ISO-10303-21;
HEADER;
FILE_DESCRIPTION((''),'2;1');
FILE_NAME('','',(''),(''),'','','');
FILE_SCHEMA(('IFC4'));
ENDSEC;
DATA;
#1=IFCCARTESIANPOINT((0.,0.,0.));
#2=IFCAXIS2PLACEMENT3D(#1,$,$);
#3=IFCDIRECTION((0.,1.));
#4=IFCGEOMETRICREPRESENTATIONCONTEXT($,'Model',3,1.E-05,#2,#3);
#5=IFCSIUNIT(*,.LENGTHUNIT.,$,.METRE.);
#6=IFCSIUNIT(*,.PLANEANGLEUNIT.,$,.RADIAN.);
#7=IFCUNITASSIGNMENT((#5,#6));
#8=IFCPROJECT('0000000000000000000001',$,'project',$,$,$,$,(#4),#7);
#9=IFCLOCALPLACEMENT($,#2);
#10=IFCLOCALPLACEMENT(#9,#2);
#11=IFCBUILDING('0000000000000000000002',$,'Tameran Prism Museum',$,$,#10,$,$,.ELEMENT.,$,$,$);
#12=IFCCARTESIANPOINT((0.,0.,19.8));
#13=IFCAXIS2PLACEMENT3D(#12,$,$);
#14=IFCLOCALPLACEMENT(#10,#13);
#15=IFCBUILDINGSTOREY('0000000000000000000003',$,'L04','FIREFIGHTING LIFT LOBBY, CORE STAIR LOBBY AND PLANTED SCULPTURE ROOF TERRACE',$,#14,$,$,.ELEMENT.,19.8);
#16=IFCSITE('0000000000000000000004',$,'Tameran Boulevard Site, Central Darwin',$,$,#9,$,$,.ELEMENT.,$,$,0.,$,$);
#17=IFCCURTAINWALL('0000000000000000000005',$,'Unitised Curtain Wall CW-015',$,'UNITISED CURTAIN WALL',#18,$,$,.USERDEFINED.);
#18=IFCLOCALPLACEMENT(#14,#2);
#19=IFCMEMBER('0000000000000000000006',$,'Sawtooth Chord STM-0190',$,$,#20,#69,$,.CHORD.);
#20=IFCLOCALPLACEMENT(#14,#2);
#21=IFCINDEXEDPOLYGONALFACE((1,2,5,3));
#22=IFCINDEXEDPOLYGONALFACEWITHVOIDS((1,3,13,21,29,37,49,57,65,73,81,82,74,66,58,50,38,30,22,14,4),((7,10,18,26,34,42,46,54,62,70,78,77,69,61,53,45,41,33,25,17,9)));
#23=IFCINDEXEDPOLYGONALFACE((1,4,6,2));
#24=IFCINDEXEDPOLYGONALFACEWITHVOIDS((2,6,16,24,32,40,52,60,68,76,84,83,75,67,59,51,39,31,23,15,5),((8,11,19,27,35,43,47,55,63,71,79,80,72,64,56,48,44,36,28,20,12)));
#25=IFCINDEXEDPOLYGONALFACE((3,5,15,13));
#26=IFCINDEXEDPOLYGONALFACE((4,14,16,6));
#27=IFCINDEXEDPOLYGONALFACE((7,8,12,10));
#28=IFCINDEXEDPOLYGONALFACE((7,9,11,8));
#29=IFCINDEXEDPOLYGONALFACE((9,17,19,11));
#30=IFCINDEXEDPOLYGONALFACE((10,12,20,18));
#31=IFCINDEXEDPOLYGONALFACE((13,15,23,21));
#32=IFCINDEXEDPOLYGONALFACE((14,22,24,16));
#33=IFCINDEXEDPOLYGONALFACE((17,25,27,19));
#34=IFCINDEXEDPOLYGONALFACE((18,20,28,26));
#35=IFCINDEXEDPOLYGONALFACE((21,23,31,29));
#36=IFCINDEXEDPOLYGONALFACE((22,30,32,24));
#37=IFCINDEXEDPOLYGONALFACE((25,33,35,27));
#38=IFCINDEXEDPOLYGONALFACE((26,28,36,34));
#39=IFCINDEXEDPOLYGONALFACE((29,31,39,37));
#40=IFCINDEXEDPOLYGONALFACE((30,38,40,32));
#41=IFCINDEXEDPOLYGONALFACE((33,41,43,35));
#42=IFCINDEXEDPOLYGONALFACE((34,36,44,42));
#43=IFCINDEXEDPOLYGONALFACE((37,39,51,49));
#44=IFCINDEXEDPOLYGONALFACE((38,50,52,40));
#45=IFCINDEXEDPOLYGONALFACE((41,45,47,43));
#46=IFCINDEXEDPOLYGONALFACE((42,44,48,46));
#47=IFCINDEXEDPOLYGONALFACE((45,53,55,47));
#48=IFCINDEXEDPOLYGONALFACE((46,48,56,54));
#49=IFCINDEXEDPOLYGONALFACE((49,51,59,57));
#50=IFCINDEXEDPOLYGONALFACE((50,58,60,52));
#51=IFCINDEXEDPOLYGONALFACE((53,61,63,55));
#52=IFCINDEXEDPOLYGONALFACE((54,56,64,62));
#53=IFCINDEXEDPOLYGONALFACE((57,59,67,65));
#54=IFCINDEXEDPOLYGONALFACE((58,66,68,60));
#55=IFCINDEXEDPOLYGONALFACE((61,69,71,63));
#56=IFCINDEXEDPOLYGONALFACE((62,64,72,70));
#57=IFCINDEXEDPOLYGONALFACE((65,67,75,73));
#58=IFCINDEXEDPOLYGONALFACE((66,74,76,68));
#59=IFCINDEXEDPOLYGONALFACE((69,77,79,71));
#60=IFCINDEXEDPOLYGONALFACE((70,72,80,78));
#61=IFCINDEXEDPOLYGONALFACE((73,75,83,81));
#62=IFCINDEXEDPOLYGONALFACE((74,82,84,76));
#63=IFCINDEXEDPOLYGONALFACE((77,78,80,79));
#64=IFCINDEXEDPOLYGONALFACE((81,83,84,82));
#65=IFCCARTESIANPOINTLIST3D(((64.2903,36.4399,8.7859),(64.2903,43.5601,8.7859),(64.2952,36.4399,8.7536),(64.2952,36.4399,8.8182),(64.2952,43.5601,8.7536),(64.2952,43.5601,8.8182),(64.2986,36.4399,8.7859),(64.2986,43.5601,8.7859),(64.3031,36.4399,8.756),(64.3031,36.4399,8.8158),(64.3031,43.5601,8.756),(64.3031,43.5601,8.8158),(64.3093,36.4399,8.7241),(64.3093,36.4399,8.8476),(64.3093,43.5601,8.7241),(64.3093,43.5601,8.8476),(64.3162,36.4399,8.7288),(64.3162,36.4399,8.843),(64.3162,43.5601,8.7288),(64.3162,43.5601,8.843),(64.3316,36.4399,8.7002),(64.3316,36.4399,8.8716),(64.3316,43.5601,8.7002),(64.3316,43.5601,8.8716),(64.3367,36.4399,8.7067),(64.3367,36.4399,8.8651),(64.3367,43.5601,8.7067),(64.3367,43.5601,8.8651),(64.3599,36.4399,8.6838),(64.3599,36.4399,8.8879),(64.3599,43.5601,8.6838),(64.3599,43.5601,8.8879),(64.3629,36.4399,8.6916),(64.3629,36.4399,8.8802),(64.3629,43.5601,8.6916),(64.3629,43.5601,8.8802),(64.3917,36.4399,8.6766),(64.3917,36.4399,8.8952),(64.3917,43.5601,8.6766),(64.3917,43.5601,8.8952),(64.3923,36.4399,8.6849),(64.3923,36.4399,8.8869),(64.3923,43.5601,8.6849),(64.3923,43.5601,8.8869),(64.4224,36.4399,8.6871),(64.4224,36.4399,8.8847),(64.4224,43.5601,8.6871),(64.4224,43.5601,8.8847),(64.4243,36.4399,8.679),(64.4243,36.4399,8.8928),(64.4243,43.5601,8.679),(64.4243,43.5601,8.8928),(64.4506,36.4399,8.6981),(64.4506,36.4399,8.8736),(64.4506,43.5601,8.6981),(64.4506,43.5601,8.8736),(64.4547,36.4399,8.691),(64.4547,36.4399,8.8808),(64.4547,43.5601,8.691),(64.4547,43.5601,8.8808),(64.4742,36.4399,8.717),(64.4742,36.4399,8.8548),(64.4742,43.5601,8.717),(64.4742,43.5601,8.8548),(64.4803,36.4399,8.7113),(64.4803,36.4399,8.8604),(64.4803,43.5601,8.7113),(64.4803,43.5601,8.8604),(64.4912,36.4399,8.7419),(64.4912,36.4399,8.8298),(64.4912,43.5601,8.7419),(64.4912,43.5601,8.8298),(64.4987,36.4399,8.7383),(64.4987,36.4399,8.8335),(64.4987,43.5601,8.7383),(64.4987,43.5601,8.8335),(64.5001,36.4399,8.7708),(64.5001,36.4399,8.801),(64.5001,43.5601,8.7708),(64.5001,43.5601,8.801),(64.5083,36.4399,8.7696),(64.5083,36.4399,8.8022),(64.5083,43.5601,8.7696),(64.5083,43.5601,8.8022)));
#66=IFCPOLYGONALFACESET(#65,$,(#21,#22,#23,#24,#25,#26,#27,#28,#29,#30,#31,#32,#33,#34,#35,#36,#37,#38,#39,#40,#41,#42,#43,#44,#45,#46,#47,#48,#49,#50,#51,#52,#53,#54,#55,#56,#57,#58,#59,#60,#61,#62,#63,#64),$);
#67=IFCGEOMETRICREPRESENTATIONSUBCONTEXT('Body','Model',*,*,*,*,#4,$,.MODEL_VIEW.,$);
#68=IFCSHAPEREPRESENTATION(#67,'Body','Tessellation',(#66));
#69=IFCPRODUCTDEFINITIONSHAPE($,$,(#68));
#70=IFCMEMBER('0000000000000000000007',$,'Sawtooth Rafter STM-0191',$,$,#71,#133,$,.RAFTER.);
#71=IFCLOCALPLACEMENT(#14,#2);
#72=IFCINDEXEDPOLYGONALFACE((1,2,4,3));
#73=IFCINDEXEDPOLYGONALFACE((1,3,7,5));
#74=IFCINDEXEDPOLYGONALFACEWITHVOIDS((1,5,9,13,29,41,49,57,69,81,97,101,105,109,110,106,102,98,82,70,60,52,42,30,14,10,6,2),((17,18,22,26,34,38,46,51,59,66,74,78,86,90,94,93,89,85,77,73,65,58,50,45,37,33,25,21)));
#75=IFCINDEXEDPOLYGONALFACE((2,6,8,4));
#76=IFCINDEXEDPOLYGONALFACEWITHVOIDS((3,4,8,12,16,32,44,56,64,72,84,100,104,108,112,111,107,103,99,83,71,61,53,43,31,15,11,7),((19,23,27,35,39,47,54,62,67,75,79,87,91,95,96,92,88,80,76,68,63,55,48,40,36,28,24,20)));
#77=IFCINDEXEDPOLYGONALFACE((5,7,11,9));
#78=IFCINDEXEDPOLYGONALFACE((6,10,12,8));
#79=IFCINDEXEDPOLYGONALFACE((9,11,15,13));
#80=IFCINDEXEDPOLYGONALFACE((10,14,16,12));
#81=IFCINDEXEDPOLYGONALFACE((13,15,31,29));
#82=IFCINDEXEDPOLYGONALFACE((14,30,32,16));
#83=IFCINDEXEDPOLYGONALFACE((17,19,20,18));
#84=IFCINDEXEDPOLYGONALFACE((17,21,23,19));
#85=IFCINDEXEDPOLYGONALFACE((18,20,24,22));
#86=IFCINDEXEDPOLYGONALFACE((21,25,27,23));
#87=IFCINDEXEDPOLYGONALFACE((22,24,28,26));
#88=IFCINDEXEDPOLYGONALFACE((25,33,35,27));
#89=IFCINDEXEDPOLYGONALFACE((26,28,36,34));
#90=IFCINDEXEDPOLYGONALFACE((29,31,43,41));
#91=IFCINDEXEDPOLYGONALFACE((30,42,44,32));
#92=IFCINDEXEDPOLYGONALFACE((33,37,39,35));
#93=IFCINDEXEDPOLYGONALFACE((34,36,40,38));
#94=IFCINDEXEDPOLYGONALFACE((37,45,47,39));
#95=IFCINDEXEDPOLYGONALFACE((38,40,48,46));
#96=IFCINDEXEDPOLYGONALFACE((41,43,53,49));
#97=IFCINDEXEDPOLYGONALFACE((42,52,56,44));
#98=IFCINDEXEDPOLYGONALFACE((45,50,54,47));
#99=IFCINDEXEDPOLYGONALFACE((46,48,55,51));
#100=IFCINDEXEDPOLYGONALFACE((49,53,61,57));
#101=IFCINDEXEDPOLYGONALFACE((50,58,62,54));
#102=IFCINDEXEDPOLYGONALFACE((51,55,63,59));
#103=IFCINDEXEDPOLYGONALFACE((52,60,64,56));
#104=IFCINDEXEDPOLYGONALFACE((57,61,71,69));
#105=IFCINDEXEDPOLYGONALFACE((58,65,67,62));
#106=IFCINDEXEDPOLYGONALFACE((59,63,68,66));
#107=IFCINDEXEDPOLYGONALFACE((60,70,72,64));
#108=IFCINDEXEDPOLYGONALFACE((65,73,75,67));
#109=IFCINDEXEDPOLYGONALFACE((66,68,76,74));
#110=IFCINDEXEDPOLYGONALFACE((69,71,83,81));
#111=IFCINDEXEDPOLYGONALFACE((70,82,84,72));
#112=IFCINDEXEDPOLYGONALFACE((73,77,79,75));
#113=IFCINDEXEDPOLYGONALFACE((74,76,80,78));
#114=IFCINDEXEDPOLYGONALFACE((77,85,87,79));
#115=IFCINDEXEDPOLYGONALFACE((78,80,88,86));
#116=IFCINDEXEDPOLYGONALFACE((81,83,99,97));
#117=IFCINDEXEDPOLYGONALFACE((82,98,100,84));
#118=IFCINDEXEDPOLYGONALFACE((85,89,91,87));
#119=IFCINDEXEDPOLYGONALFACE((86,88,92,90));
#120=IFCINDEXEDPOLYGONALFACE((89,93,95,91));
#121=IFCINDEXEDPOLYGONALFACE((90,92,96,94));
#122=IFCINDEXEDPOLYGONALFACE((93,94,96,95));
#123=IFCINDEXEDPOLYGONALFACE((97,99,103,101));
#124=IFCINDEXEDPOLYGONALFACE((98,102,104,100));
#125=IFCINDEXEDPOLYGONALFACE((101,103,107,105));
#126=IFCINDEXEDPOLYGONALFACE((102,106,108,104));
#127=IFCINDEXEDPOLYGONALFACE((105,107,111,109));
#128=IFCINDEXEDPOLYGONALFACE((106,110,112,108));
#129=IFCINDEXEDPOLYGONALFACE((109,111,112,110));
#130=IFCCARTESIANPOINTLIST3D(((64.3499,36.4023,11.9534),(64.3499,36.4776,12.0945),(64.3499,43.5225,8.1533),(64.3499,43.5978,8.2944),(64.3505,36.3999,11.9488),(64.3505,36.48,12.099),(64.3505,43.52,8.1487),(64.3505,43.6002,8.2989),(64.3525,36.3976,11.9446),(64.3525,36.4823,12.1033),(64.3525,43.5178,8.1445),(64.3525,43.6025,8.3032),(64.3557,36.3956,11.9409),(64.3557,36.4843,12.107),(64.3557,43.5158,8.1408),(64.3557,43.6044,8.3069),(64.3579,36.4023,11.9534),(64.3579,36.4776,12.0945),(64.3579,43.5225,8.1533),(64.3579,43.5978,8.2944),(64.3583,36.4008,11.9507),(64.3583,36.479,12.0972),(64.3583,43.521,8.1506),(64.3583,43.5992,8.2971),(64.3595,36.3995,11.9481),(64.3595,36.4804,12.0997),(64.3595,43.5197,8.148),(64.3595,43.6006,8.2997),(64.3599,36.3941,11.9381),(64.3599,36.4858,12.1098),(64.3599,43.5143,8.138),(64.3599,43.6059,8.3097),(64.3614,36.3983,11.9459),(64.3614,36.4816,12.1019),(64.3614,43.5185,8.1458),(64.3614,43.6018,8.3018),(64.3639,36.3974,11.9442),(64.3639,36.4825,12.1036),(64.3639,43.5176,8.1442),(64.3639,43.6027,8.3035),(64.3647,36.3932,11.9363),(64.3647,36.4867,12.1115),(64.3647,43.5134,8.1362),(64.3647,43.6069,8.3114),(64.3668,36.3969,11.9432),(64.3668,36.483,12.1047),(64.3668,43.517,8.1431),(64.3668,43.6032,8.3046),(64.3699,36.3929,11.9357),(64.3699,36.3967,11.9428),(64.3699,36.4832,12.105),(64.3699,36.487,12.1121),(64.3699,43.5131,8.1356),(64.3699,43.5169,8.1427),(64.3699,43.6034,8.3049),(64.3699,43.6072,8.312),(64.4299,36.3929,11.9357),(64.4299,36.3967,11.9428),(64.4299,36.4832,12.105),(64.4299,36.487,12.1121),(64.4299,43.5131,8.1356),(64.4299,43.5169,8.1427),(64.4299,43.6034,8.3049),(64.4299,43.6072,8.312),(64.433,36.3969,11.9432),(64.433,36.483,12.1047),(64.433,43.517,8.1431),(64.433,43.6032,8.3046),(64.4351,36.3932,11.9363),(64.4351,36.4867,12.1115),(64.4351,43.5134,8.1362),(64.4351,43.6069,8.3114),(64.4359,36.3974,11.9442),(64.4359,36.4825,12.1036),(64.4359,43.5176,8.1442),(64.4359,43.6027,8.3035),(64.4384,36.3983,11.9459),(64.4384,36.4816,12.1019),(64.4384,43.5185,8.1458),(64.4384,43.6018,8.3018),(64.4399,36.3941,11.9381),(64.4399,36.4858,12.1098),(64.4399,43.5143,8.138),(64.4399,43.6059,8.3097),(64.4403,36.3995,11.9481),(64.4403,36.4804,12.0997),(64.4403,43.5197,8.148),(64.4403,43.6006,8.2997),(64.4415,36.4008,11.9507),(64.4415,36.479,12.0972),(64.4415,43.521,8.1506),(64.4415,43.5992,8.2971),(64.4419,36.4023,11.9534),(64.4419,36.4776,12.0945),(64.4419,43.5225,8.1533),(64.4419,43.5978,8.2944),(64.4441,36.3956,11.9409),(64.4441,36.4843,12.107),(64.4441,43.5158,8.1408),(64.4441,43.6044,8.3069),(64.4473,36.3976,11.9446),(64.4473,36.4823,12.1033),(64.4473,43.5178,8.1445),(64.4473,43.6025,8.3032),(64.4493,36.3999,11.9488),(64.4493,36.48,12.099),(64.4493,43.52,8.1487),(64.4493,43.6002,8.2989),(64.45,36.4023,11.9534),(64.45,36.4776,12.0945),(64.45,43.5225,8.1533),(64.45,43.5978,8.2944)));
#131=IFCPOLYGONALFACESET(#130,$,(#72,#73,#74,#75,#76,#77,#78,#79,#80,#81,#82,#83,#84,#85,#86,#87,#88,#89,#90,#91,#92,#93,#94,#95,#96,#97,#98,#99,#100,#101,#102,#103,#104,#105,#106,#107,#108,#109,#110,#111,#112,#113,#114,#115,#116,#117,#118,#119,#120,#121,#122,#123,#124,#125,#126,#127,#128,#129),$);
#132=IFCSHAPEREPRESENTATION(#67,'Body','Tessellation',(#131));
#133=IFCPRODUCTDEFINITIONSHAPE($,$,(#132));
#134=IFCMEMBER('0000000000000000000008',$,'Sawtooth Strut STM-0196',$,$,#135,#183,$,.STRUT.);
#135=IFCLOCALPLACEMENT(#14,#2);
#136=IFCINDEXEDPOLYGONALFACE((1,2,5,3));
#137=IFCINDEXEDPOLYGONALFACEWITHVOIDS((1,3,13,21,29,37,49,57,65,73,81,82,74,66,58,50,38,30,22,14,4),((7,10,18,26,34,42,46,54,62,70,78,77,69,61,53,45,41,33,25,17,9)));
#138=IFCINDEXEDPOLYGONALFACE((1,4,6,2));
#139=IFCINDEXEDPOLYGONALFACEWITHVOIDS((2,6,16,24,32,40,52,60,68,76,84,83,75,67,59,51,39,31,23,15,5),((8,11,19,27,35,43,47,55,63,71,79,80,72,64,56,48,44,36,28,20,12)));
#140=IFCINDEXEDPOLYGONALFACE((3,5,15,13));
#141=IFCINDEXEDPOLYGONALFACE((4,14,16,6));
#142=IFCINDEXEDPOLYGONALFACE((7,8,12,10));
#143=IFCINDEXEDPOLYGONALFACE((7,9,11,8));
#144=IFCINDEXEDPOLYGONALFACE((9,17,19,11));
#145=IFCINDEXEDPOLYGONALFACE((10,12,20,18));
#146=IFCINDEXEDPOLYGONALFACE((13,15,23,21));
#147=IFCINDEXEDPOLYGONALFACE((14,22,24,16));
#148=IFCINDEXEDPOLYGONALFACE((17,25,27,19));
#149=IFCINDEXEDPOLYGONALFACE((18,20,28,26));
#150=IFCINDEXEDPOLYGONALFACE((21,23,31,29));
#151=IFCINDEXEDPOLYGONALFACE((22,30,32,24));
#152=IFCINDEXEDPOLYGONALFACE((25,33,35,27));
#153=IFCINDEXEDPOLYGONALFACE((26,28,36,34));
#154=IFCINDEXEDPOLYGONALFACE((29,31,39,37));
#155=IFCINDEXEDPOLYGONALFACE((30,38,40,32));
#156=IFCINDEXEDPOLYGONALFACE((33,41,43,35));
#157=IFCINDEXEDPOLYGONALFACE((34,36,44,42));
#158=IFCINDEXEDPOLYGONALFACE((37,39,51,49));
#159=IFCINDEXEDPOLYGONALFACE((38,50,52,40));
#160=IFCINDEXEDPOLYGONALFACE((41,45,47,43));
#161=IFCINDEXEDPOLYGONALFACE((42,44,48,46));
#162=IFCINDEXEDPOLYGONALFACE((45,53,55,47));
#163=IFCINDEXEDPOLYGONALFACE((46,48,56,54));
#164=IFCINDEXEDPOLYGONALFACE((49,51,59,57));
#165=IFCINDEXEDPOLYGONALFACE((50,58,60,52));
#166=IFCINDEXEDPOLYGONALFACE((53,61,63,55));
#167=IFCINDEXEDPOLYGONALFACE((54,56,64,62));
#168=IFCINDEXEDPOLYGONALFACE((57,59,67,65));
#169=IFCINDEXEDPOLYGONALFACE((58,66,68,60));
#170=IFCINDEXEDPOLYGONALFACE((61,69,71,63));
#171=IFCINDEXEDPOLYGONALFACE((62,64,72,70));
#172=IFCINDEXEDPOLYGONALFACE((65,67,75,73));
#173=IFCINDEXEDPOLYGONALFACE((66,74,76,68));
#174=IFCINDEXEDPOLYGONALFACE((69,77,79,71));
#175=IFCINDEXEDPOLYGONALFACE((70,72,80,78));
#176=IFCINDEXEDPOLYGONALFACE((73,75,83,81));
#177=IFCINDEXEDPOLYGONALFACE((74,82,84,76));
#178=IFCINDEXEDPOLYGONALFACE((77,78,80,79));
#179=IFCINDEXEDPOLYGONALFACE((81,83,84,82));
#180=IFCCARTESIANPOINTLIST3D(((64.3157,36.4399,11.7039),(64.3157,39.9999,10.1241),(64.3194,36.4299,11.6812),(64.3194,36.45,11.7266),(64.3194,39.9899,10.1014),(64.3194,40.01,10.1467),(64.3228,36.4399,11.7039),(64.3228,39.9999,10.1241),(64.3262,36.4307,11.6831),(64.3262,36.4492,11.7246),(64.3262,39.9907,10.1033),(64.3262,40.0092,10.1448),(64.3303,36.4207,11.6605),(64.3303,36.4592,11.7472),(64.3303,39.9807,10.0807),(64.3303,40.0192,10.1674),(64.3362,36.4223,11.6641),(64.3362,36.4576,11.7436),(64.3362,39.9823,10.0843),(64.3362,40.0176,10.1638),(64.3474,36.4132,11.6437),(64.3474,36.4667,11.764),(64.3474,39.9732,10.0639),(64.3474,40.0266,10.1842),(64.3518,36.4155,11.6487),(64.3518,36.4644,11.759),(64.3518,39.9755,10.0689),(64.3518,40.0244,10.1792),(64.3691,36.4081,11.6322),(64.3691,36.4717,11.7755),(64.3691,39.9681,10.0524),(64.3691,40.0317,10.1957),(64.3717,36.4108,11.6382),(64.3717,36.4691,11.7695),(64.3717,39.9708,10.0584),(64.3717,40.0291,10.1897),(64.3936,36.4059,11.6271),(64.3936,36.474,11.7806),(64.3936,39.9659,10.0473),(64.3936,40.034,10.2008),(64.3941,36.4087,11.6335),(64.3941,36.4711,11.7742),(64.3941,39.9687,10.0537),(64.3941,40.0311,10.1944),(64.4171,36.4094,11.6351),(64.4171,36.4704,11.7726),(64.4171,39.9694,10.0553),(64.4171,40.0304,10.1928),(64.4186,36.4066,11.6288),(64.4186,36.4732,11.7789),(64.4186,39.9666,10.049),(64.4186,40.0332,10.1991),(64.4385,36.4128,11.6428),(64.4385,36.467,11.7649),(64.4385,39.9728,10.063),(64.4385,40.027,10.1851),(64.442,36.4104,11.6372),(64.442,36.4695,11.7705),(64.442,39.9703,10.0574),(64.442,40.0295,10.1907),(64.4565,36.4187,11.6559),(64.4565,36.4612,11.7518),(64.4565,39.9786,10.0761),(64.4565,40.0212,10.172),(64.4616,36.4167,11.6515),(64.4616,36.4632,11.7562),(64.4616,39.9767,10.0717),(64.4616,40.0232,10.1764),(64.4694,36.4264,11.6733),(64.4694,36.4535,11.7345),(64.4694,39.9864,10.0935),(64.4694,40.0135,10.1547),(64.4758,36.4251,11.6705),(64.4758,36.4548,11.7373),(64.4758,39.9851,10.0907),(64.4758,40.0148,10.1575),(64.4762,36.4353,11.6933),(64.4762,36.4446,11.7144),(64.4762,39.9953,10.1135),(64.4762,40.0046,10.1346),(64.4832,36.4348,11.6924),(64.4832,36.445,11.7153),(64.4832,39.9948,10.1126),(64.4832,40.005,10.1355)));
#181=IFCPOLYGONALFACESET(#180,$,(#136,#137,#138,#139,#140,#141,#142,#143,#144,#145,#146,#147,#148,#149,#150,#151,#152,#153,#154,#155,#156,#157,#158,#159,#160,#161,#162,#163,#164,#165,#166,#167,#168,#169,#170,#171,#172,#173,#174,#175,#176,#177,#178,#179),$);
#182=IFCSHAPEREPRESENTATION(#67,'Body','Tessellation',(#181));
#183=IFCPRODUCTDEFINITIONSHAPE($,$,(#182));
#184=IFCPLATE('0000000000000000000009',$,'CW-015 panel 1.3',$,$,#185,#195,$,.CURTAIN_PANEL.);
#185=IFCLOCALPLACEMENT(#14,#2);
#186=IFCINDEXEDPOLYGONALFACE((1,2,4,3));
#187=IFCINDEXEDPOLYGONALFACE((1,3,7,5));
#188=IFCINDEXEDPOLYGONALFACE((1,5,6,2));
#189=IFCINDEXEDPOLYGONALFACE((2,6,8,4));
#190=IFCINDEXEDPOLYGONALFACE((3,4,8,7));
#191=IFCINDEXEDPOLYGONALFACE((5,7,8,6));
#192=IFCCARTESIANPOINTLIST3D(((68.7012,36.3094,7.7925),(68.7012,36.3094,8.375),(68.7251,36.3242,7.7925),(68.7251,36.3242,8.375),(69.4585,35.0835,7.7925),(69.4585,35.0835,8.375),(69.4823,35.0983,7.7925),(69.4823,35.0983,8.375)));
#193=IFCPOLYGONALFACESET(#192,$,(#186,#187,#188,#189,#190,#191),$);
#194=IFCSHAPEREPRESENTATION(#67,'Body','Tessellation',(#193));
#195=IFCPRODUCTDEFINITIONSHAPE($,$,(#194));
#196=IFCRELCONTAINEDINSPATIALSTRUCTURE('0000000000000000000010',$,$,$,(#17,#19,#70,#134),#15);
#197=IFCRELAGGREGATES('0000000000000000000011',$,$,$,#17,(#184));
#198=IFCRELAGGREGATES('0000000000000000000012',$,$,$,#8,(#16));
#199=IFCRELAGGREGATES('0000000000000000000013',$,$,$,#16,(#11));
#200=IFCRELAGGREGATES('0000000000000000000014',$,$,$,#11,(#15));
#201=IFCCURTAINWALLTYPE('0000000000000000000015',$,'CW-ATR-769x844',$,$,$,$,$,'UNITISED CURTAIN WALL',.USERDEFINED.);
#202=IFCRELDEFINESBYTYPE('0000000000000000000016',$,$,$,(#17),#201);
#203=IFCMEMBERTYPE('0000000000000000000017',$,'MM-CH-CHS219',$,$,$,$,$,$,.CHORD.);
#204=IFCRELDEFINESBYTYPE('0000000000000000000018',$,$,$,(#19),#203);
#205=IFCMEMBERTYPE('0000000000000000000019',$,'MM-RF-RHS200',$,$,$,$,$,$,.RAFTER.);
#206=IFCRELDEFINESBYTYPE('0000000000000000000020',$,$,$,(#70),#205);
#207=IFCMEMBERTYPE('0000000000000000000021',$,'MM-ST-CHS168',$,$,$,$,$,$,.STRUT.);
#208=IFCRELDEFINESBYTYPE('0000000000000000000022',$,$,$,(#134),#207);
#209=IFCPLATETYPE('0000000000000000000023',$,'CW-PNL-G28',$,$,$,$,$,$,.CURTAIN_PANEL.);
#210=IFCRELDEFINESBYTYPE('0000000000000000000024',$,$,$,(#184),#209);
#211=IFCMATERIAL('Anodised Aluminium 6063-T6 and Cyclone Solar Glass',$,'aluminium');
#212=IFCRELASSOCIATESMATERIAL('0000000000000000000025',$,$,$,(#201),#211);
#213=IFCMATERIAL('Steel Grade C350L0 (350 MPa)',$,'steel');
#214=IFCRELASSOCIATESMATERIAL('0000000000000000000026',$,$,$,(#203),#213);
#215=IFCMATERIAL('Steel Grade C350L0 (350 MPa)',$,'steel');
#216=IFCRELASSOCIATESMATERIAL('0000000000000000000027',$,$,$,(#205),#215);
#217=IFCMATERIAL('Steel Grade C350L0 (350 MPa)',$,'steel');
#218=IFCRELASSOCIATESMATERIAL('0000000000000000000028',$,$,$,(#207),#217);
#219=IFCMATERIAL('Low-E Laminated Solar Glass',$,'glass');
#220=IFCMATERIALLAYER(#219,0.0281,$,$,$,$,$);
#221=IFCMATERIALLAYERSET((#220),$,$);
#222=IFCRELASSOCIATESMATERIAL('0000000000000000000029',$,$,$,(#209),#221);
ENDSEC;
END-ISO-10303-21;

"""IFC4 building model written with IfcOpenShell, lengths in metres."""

from ifc_helpers import new_model, si_unit, direction, frame, origin, origin_2d, place, context, subcontext, project, spatial, rectangle, hollow_rectangle, hollow_circle, extrude, material, layer, layer_set, material_profile, profile_set, type_object, element, aggregate, save


model = new_model("IFC4")

# Units and contexts
model_context = context("Model", 3, precision=1e-05, world=origin(), true_north=direction((0.0, 1.0)))
body_context = subcontext(model_context, "Body", "Model", "MODEL_VIEW")
ifc_project = project(units=[si_unit("LENGTHUNIT", "METRE"), si_unit("PLANEANGLEUNIT", "RADIAN")], contexts=[model_context])

# Site, building, storey
site_placement = place(None, origin())
site = spatial("IfcSite", under=ifc_project, at=site_placement, Name="Tameran Boulevard Site, Central Darwin", CompositionType="ELEMENT", RefElevation=0.0)
building_placement = place(site_placement, origin())
building = spatial("IfcBuilding", under=site, at=building_placement, Name="Tameran Prism Museum", CompositionType="ELEMENT")
storey_placement = place(building_placement, frame((0.0, 0.0, 19.8)))
storey = spatial("IfcBuildingStorey", under=building, at=storey_placement, Name="L04", Description="FIREFIGHTING LIFT LOBBY, CORE STAIR LOBBY AND PLANTED SCULPTURE ROOF TERRACE", CompositionType="ELEMENT", Elevation=19.8)

# Curtain wall
ifc_material_1 = material(Name="Anodised Aluminium 6063-T6 and Cyclone Solar Glass", Category="aluminium")
curtain_wall_type = type_object("IfcCurtainWallType", Name="CW-ATR-769x844", ElementType="UNITISED CURTAIN WALL", PredefinedType="USERDEFINED", material=ifc_material_1)
curtain_wall_1_placement = place(storey_placement, origin())
curtain_wall_1 = element("IfcCurtainWall", 1, at=curtain_wall_1_placement, inside=storey, type_object=curtain_wall_type, Name="Unitised Curtain Wall CW-015", ObjectType="UNITISED CURTAIN WALL", PredefinedType="USERDEFINED")

# Members
ifc_material_2 = material(Name="Steel Grade C350L0 (350 MPa)", Category="steel")
ifc_material_profile_1 = material_profile(ifc_material_2, hollow_circle(Radius=0.1096, WallThickness=0.0083, at=origin_2d()))
ifc_profile_set_1 = profile_set([ifc_material_profile_1])
member_type_1 = type_object("IfcMemberType", Name="MM-CH-CHS219", PredefinedType="CHORD", material=ifc_profile_set_1)
member_1_placement = place(storey_placement, frame((64.3999, 36.4399, 8.7859), z_axis=(0.0, 1.0, 0.0), x_axis=(-1.0, 0.0, 0.0)))
element("IfcMember", 2, at=member_1_placement, inside=storey, type_object=member_type_1, Name="Sawtooth Chord STM-0190", PredefinedType="CHORD", context=body_context, shape_type="SweptSolid", body=[
    extrude(hollow_circle(Radius=0.1096, WallThickness=0.0083, at=origin_2d()), origin(), (0.0, 0.0, 1.0), 7.1201),
])
ifc_material_3 = material(Name="Steel Grade C350L0 (350 MPa)", Category="steel")
ifc_material_profile_2 = material_profile(ifc_material_3, hollow_rectangle(XDim=0.1001, YDim=0.2, WallThickness=0.0081, InnerFilletRadius=0.012, OuterFilletRadius=0.02, at=origin_2d()))
ifc_profile_set_2 = profile_set([ifc_material_profile_2])
member_type_2 = type_object("IfcMemberType", Name="MM-RF-RHS200", PredefinedType="RAFTER", material=ifc_profile_set_2)
member_2_placement = place(storey_placement, frame((64.3999, 36.4399, 12.0239), z_axis=(0.0, 0.882216, -0.470844), x_axis=(-1.0, 0.0, 0.0)))
element("IfcMember", 3, at=member_2_placement, inside=storey, type_object=member_type_2, Name="Sawtooth Rafter STM-0191", PredefinedType="RAFTER", context=body_context, shape_type="SweptSolid", body=[
    extrude(hollow_rectangle(XDim=0.1001, YDim=0.2, WallThickness=0.0081, InnerFilletRadius=0.012, OuterFilletRadius=0.02, at=origin_2d()), origin(), (0.0, 0.0, 1.0), 8.0708),
])
ifc_material_4 = material(Name="Steel Grade C350L0 (350 MPa)", Category="steel")
ifc_material_profile_3 = material_profile(ifc_material_4, hollow_circle(Radius=0.0842, WallThickness=0.0071, at=origin_2d()))
ifc_profile_set_3 = profile_set([ifc_material_profile_3])
member_type_3 = type_object("IfcMemberType", Name="MM-ST-CHS168", PredefinedType="STRUT", material=ifc_profile_set_3)
member_3_placement = place(storey_placement, frame((64.3999, 36.4399, 11.7039), z_axis=(0.0, 0.914041, -0.405621), x_axis=(-1.0, 0.0, 0.0)))
element("IfcMember", 4, at=member_3_placement, inside=storey, type_object=member_type_3, Name="Sawtooth Strut STM-0196", PredefinedType="STRUT", context=body_context, shape_type="SweptSolid", body=[
    extrude(hollow_circle(Radius=0.0842, WallThickness=0.0071, at=origin_2d()), origin(), (0.0, 0.0, 1.0), 3.8948),
])

# Plate
ifc_material_5 = material(Name="Low-E Laminated Solar Glass", Category="glass")
ifc_layer_1 = layer(ifc_material_5, 0.0281)
ifc_layer_set_1 = layer_set([ifc_layer_1])
plate_type_1 = type_object("IfcPlateType", Name="CW-PNL-G28", PredefinedType="CURTAIN_PANEL", material=ifc_layer_set_1)
plate_1_placement = place(storey_placement, frame((69.0918, 35.7039, 7.7925), z_axis=(0.0, 0.0, 1.0), x_axis=(0.525504, -0.850791, 0.0)))
plate_1 = element("IfcPlate", 5, at=plate_1_placement, type_object=plate_type_1, Name="CW-015 panel 1.3", PredefinedType="CURTAIN_PANEL", context=body_context, shape_type="SweptSolid", body=[
    extrude(rectangle(XDim=1.4409, YDim=0.0281, at=origin_2d()), origin(), (0.0, 0.0, 1.0), 0.5825),
])
aggregate(curtain_wall_1, [plate_1])

save(model, "model.ifc")
